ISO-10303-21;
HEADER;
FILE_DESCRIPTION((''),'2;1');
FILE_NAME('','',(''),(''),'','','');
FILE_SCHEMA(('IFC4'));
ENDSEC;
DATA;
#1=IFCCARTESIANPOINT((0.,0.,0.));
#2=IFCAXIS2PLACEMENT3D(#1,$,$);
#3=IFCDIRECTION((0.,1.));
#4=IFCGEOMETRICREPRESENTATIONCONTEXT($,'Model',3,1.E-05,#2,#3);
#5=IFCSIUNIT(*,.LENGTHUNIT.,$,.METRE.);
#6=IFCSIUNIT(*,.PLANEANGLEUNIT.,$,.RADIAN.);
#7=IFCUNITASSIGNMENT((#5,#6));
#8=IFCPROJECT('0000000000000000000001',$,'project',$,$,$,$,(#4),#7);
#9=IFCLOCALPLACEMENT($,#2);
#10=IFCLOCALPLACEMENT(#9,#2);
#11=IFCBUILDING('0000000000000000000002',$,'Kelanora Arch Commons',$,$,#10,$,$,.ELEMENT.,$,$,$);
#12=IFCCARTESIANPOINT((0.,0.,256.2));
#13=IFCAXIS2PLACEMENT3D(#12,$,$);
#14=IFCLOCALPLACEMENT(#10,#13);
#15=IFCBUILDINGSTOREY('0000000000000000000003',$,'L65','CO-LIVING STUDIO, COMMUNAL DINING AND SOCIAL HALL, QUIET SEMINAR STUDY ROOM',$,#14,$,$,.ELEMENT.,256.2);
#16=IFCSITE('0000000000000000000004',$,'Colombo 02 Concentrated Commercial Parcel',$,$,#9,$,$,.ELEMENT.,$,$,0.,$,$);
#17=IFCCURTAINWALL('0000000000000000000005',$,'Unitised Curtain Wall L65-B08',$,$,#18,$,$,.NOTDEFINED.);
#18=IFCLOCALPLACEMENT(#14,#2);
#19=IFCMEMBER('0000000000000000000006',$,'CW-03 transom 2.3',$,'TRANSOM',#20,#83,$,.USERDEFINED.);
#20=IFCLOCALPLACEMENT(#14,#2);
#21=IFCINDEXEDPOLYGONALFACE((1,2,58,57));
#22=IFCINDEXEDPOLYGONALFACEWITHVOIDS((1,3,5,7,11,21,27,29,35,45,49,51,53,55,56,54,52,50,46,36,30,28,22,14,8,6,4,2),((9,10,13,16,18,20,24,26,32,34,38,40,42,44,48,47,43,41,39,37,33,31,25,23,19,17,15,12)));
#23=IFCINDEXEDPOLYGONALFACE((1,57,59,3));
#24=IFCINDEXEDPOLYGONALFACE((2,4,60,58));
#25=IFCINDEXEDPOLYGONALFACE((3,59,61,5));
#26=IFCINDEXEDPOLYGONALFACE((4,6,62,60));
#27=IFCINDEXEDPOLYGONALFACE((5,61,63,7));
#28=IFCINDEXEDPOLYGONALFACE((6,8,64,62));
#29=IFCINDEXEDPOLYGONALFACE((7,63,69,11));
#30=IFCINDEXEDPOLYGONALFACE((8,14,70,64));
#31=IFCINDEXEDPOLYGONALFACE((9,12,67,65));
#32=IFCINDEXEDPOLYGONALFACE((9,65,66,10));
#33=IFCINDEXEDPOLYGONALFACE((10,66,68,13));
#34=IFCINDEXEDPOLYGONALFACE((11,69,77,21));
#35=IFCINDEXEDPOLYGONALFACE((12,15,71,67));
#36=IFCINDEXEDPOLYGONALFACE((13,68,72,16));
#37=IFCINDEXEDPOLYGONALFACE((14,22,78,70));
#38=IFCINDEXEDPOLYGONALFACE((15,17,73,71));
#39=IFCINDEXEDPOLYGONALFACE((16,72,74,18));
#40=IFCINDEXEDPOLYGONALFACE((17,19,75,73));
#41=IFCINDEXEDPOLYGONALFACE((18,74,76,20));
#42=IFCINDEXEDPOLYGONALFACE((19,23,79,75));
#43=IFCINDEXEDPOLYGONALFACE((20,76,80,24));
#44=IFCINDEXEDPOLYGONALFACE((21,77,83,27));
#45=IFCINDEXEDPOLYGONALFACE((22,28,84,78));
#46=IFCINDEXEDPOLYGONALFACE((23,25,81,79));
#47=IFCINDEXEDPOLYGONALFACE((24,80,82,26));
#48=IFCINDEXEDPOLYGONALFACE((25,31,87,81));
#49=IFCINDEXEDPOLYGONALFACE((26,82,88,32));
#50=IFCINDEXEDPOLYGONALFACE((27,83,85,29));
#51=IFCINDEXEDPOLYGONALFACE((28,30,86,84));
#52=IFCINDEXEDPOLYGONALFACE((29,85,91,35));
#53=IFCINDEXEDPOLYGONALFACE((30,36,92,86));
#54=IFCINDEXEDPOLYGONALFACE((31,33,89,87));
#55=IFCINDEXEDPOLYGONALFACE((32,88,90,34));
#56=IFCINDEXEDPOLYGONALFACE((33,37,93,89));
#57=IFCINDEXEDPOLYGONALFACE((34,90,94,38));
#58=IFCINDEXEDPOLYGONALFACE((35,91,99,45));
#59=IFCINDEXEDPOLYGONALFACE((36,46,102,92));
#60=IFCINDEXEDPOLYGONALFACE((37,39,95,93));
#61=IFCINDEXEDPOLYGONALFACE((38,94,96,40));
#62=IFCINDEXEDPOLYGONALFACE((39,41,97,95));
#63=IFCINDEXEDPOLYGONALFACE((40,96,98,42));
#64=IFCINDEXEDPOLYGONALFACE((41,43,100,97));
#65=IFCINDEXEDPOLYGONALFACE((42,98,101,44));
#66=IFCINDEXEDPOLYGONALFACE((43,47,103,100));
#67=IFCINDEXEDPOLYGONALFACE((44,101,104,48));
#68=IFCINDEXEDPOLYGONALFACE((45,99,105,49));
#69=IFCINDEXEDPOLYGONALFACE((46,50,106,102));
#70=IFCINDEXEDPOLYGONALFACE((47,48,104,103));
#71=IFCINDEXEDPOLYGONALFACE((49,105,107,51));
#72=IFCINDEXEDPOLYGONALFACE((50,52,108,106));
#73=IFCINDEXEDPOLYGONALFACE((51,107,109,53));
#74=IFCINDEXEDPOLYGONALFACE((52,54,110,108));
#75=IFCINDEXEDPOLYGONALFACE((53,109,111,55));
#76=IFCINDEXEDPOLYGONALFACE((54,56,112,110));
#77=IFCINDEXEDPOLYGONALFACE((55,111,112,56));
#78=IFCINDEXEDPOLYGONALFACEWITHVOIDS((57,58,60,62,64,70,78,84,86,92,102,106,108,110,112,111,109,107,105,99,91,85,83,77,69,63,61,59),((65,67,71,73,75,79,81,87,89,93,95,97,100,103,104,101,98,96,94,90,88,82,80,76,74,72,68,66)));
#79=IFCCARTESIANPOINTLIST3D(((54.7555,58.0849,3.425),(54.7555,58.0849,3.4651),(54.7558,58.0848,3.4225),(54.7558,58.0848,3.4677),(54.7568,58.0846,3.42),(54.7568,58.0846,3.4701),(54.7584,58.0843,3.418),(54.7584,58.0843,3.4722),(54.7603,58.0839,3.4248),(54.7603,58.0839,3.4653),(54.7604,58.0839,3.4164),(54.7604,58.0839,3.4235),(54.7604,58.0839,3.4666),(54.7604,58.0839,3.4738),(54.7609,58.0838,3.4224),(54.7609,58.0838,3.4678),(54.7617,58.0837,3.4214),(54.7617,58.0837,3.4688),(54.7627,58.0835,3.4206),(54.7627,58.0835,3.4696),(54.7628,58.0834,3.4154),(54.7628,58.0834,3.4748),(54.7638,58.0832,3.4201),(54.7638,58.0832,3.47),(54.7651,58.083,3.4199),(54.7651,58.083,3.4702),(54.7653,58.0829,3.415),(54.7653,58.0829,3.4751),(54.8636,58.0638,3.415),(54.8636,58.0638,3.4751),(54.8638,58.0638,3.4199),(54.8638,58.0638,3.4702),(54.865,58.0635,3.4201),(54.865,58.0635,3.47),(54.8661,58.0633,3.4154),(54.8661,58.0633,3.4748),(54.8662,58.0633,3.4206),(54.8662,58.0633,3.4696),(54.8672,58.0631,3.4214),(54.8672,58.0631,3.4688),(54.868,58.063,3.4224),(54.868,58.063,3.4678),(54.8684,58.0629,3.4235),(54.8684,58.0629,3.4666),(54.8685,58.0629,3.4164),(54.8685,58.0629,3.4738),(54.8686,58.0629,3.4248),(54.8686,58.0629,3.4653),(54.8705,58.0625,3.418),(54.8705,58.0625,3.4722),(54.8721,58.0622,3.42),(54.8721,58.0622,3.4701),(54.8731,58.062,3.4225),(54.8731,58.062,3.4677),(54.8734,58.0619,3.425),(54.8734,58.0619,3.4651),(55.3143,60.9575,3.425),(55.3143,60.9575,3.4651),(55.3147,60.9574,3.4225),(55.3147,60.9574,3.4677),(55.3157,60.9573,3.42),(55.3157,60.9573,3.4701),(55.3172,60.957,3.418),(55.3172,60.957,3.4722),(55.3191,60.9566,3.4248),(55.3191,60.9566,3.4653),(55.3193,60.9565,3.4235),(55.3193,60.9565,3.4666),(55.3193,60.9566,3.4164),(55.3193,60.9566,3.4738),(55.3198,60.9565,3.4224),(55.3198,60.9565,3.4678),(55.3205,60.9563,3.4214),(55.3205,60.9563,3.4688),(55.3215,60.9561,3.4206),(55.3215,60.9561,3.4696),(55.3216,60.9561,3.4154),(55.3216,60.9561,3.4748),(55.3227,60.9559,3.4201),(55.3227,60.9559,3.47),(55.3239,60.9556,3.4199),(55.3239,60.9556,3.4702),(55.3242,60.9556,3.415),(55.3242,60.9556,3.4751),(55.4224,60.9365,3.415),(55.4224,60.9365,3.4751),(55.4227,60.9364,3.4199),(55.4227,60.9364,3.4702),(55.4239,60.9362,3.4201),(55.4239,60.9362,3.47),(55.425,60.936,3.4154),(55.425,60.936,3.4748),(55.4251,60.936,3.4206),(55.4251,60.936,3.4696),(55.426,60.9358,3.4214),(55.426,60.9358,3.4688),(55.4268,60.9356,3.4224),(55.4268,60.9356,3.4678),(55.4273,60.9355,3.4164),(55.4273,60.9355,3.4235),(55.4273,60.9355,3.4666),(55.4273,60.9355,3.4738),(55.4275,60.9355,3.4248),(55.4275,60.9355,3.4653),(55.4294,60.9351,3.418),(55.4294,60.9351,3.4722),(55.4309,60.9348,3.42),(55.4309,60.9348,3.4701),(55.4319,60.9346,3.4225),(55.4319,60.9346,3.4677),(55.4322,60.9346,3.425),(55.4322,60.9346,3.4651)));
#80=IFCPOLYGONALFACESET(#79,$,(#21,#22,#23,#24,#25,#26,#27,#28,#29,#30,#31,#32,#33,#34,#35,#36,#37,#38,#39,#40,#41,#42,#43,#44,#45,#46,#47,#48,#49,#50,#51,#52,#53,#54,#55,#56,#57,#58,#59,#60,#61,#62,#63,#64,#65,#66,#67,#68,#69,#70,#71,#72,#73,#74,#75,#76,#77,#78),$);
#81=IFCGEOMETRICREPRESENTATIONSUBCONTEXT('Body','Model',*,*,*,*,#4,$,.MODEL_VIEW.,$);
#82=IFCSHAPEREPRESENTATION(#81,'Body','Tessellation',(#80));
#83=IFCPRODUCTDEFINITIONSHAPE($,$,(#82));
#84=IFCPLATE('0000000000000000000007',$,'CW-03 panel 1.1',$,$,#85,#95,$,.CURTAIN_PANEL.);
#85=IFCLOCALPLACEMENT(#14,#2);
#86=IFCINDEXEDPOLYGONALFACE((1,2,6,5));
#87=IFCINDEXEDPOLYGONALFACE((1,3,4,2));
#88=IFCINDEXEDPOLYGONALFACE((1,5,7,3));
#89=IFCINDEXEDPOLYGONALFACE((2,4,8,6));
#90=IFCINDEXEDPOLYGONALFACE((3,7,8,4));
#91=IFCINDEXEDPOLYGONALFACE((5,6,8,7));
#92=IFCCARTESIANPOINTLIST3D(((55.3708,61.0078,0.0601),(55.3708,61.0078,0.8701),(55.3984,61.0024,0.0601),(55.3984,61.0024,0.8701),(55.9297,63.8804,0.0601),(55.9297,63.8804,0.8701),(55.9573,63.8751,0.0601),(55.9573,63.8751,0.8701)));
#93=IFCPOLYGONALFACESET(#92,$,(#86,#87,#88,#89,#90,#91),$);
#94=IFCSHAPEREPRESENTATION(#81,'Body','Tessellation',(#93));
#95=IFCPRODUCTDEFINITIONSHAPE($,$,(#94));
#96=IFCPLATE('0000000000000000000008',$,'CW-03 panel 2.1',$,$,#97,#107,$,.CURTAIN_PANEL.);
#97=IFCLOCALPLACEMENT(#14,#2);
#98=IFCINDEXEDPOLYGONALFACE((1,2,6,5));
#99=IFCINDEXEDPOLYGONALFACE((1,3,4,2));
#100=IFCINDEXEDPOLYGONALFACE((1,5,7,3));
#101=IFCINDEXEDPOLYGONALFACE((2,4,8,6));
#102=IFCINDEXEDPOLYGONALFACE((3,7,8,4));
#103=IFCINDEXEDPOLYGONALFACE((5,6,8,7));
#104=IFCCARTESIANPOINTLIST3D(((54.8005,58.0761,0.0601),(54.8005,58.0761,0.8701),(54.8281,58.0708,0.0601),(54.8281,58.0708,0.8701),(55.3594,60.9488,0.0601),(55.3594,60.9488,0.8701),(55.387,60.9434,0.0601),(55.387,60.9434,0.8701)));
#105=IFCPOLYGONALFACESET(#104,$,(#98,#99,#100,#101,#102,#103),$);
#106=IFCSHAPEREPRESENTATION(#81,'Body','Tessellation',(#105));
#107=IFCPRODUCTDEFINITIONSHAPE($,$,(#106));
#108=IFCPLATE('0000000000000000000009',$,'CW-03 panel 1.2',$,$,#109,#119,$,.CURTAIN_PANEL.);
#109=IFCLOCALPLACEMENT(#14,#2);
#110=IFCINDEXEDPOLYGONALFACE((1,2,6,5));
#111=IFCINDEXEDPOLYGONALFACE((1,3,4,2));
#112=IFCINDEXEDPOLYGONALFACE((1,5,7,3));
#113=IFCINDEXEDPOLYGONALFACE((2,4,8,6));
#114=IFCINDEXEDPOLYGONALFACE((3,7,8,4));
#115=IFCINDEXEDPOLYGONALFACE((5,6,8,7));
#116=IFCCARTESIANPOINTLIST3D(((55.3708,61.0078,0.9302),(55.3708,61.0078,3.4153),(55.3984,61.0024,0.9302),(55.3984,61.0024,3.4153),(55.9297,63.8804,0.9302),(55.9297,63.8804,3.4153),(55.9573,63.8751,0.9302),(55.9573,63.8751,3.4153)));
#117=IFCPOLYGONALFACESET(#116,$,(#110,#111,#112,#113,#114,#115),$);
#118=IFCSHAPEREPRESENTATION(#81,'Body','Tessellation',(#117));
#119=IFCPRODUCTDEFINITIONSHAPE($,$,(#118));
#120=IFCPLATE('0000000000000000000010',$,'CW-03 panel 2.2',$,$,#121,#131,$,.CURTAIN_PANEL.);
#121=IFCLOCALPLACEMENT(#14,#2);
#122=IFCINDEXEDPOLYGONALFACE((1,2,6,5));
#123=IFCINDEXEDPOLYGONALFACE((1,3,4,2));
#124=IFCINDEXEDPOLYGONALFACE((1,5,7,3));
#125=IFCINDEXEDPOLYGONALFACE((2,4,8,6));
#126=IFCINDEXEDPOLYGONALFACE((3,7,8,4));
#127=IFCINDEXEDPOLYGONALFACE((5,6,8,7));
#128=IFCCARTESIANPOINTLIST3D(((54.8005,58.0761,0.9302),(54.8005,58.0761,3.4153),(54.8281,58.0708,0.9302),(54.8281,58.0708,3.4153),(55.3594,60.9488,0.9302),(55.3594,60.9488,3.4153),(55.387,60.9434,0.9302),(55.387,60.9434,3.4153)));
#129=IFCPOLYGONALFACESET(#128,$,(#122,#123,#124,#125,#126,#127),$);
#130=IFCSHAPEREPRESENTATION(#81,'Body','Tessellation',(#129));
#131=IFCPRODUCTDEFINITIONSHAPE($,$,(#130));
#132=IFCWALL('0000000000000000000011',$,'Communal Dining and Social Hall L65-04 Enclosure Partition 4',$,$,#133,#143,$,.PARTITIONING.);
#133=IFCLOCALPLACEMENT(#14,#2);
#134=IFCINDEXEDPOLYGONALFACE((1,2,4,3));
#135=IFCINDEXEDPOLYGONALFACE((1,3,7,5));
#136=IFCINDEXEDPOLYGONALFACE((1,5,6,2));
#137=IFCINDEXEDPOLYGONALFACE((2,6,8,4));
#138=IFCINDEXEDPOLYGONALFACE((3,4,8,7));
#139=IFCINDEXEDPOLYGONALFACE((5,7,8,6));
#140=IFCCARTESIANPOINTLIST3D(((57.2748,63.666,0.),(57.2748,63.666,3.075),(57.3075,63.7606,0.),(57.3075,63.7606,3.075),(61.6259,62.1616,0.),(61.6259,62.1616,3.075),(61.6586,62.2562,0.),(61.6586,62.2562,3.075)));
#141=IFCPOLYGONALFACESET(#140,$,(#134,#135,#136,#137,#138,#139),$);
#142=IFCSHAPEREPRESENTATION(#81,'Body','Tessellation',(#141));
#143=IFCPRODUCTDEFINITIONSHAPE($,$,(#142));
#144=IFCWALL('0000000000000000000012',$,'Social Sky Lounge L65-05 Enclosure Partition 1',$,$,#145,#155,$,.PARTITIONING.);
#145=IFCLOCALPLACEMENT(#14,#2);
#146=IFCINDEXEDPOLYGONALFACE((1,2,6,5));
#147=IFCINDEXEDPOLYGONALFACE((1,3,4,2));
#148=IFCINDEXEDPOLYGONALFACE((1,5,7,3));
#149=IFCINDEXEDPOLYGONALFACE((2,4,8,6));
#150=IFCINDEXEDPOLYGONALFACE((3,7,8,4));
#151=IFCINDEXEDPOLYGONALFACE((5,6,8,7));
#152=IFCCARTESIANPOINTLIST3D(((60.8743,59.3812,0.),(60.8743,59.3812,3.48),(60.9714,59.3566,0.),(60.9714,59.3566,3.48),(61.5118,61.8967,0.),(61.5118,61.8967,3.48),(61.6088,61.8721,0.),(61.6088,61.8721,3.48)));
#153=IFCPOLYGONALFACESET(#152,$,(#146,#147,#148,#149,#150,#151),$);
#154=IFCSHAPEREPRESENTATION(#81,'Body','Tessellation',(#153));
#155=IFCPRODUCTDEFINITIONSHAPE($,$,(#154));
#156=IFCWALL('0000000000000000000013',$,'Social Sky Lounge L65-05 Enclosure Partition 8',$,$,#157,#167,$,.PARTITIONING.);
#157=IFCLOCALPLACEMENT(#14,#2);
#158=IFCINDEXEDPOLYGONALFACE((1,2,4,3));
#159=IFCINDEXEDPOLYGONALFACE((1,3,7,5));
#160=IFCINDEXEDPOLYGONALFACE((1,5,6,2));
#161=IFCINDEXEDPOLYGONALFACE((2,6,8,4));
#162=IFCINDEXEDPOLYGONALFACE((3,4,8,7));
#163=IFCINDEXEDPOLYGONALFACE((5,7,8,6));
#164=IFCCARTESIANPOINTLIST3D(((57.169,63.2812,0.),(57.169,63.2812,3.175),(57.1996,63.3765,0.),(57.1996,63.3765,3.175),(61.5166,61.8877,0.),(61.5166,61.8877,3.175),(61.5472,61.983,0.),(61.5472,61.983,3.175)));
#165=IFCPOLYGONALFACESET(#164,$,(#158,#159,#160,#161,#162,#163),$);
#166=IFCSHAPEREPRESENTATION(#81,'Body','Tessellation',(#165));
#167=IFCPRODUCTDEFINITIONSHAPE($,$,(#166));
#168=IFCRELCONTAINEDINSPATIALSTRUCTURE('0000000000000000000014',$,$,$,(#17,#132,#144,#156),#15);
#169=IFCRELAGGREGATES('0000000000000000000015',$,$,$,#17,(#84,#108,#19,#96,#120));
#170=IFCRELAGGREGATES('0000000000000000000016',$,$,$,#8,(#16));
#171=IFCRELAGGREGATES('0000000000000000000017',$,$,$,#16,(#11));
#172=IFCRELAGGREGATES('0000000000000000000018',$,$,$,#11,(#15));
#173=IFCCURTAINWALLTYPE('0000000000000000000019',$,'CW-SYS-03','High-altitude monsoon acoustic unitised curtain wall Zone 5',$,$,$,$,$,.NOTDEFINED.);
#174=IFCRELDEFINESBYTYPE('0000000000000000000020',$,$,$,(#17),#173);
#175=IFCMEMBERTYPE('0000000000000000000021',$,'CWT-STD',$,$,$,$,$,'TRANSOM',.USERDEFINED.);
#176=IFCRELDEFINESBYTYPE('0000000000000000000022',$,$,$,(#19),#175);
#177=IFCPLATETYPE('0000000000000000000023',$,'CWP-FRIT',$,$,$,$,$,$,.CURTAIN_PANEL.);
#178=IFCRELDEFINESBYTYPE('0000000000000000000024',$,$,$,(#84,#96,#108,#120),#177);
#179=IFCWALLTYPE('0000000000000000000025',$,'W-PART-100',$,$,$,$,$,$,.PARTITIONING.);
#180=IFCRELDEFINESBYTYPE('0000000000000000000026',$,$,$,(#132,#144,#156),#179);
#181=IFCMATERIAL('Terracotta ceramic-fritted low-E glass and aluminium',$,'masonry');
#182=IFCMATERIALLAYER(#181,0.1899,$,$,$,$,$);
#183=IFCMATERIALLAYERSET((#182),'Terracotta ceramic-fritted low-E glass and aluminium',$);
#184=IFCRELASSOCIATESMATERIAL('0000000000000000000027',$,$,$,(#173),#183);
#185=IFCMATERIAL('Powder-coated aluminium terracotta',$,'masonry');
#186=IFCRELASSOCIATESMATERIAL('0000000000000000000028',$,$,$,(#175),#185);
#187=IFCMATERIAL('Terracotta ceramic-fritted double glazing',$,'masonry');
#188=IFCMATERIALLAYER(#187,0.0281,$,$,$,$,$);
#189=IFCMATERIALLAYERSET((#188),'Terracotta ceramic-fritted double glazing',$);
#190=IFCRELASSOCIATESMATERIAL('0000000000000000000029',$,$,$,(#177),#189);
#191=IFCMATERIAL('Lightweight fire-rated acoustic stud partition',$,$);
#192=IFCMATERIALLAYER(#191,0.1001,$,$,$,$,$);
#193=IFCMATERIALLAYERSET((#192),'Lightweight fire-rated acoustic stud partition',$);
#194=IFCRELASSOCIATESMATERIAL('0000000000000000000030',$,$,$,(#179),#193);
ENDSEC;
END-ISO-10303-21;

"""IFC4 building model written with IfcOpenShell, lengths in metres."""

from ifc_helpers import new_model, si_unit, direction, frame, frame_2d, origin, origin_2d, place, context, subcontext, project, spatial, rectangle, hollow_rectangle, extrude, source, transform, mapped, material, layer, layer_set, material_profile, profile_set, type_object, element, aggregate, save


model = new_model("IFC4")

# Units and contexts
model_context = context("Model", 3, precision=1e-05, world=origin(), true_north=direction((0.0, 1.0)))
body_context = subcontext(model_context, "Body", "Model", "MODEL_VIEW")
ifc_project = project(units=[si_unit("LENGTHUNIT", "METRE"), si_unit("PLANEANGLEUNIT", "RADIAN")], contexts=[model_context])

# Site, building, storey
site_placement = place(None, origin())
site = spatial("IfcSite", under=ifc_project, at=site_placement, Name="Colombo 02 Concentrated Commercial Parcel", CompositionType="ELEMENT", RefElevation=0.0)
building_placement = place(site_placement, origin())
building = spatial("IfcBuilding", under=site, at=building_placement, Name="Kelanora Arch Commons", CompositionType="ELEMENT")
storey_placement = place(building_placement, frame((0.0, 0.0, 256.2)))
storey = spatial("IfcBuildingStorey", under=building, at=storey_placement, Name="L65", Description="CO-LIVING STUDIO, COMMUNAL DINING AND SOCIAL HALL, QUIET SEMINAR STUDY ROOM", CompositionType="ELEMENT", Elevation=256.2)

# Curtain wall, member, plates
ifc_material_1 = material(Name="Terracotta ceramic-fritted low-E glass and aluminium", Category="masonry")
ifc_layer_1 = layer(ifc_material_1, 0.1899)
ifc_layer_set_1 = layer_set([ifc_layer_1], Name="Terracotta ceramic-fritted low-E glass and aluminium")
curtain_wall_type = type_object("IfcCurtainWallType", Name="CW-SYS-03", Description="High-altitude monsoon acoustic unitised curtain wall Zone 5", PredefinedType="NOTDEFINED", material=ifc_layer_set_1)
curtain_wall_placement = place(storey_placement, origin())
curtain_wall = element("IfcCurtainWall", 1, at=curtain_wall_placement, inside=storey, type_object=curtain_wall_type, Name="Unitised Curtain Wall L65-B08", PredefinedType="NOTDEFINED")
ifc_material_2 = material(Name="Powder-coated aluminium terracotta", Category="masonry")
ifc_material_profile_1 = material_profile(ifc_material_2, hollow_rectangle(XDim=0.1201, YDim=0.0601, WallThickness=0.0049, InnerFilletRadius=0.0049, OuterFilletRadius=0.01, at=origin_2d()), Name="CWT120x60")
ifc_profile_set_1 = profile_set([ifc_material_profile_1], Name="Powder-coated aluminium terracotta")
member_type_1 = type_object("IfcMemberType", Name="CWT-STD", ElementType="TRANSOM", PredefinedType="USERDEFINED", material=ifc_profile_set_1)
member_1_placement = place(storey_placement, frame((55.3733, 60.946, 3.4451), z_axis=(-0.190963, -0.981597, 0.0), x_axis=(0.981597, -0.190963, 0.0)))
member_1 = element("IfcMember", 2, at=member_1_placement, type_object=member_type_1, Name="CW-03 transom 2.3", ObjectType="TRANSOM", PredefinedType="USERDEFINED", context=body_context, shape_type="SweptSolid", body=[
    extrude(hollow_rectangle(XDim=0.1201, YDim=0.0601, WallThickness=0.0049, InnerFilletRadius=0.0049, OuterFilletRadius=0.01, at=origin_2d()), origin(), (0.0, 0.0, 1.0), 2.9265),
])
ifc_material_3 = material(Name="Terracotta ceramic-fritted double glazing", Category="masonry")
ifc_layer_2 = layer(ifc_material_3, 0.0281)
ifc_layer_set_2 = layer_set([ifc_layer_2], Name="Terracotta ceramic-fritted double glazing")
plate_type = type_object("IfcPlateType", Name="CWP-FRIT", PredefinedType="CURTAIN_PANEL", material=ifc_layer_set_2)
shared_shape_1 = source(origin(), body_context, "Body", "SweptSolid", [
    extrude(rectangle(XDim=2.9265, YDim=0.0281, at=origin_2d()), origin(), (0.0, 0.0, 1.0), 0.8101),
])
plate_1_placement = place(storey_placement, frame((55.6641, 62.4414, 0.0601), z_axis=(0.0, 0.0, 1.0), x_axis=(-0.190972, -0.981596, 0.0)))
plate_1 = element("IfcPlate", 3, at=plate_1_placement, type_object=plate_type, Name="CW-03 panel 1.1", PredefinedType="CURTAIN_PANEL", context=body_context, shape_type="MappedRepresentation", body=[
    mapped(shared_shape_1, transform((0.0, 0.0, 0.0), scale=1.0)),
])
plate_2_placement = place(storey_placement, frame((55.0938, 59.5098, 0.0601), z_axis=(0.0, 0.0, 1.0), x_axis=(-0.190972, -0.981596, 0.0)))
plate_2 = element("IfcPlate", 4, at=plate_2_placement, type_object=plate_type, Name="CW-03 panel 2.1", PredefinedType="CURTAIN_PANEL", context=body_context, shape_type="MappedRepresentation", body=[
    mapped(shared_shape_1, transform((0.0, 0.0, 0.0), scale=1.0)),
])
shared_shape_2 = source(origin(), body_context, "Body", "SweptSolid", [
    extrude(rectangle(XDim=2.9265, YDim=0.0281, at=origin_2d()), origin(), (0.0, 0.0, 1.0), 2.4851),
])
plate_3_placement = place(storey_placement, frame((55.6641, 62.4414, 0.9302), z_axis=(0.0, 0.0, 1.0), x_axis=(-0.190972, -0.981596, 0.0)))
plate_3 = element("IfcPlate", 5, at=plate_3_placement, type_object=plate_type, Name="CW-03 panel 1.2", PredefinedType="CURTAIN_PANEL", context=body_context, shape_type="MappedRepresentation", body=[
    mapped(shared_shape_2, transform((0.0, 0.0, 0.0), scale=1.0)),
])
plate_4_placement = place(storey_placement, frame((55.0938, 59.5098, 0.9302), z_axis=(0.0, 0.0, 1.0), x_axis=(-0.190972, -0.981596, 0.0)))
plate_4 = element("IfcPlate", 6, at=plate_4_placement, type_object=plate_type, Name="CW-03 panel 2.2", PredefinedType="CURTAIN_PANEL", context=body_context, shape_type="MappedRepresentation", body=[
    mapped(shared_shape_2, transform((0.0, 0.0, 0.0), scale=1.0)),
])
aggregate(curtain_wall, [plate_1, plate_3, member_1, plate_2, plate_4])

# Walls
ifc_material_4 = material(Name="Lightweight fire-rated acoustic stud partition")
ifc_layer_3 = layer(ifc_material_4, 0.1001)
ifc_layer_set_3 = layer_set([ifc_layer_3], Name="Lightweight fire-rated acoustic stud partition")
wall_type_1 = type_object("IfcWallType", Name="W-PART-100", PredefinedType="PARTITIONING", material=ifc_layer_set_3)
wall_1_placement = place(storey_placement, frame((61.6421, 62.209, 0.0), z_axis=(0.0, 0.0, 1.0), x_axis=(-0.945103, 0.326772, 0.0)))
element("IfcWall", 7, at=wall_1_placement, inside=storey, type_object=wall_type_1, Name="Communal Dining and Social Hall L65-04 Enclosure Partition 4", PredefinedType="PARTITIONING", context=body_context, shape_type="SweptSolid", body=[
    extrude(rectangle(XDim=4.6038, YDim=0.1001, at=frame_2d((2.3018, 0.0))), origin(), (0.0, 0.0, 1.0), 3.075),
])
wall_2_placement = place(storey_placement, frame((61.5603, 61.8843, 0.0), z_axis=(0.0, 0.0, 1.0), x_axis=(-0.245656, -0.969357, 0.0)))
element("IfcWall", 8, at=wall_2_placement, inside=storey, type_object=wall_type_1, Name="Social Sky Lounge L65-05 Enclosure Partition 1", PredefinedType="PARTITIONING", context=body_context, shape_type="SweptSolid", body=[
    extrude(rectangle(XDim=2.595, YDim=0.1001, at=frame_2d((1.2974, 0.0))), origin(), (0.0, 0.0, 1.0), 3.48),
])
wall_3_placement = place(storey_placement, frame((57.1843, 63.3289, 0.0), z_axis=(0.0, 0.0, 1.0), x_axis=(0.952278, -0.305234, 0.0)))
element("IfcWall", 9, at=wall_3_placement, inside=storey, type_object=wall_type_1, Name="Social Sky Lounge L65-05 Enclosure Partition 8", PredefinedType="PARTITIONING", context=body_context, shape_type="SweptSolid", body=[
    extrude(rectangle(XDim=4.5654, YDim=0.1001, at=frame_2d((2.2827, 0.0))), origin(), (0.0, 0.0, 1.0), 3.175),
])

save(model, "model.ifc")
